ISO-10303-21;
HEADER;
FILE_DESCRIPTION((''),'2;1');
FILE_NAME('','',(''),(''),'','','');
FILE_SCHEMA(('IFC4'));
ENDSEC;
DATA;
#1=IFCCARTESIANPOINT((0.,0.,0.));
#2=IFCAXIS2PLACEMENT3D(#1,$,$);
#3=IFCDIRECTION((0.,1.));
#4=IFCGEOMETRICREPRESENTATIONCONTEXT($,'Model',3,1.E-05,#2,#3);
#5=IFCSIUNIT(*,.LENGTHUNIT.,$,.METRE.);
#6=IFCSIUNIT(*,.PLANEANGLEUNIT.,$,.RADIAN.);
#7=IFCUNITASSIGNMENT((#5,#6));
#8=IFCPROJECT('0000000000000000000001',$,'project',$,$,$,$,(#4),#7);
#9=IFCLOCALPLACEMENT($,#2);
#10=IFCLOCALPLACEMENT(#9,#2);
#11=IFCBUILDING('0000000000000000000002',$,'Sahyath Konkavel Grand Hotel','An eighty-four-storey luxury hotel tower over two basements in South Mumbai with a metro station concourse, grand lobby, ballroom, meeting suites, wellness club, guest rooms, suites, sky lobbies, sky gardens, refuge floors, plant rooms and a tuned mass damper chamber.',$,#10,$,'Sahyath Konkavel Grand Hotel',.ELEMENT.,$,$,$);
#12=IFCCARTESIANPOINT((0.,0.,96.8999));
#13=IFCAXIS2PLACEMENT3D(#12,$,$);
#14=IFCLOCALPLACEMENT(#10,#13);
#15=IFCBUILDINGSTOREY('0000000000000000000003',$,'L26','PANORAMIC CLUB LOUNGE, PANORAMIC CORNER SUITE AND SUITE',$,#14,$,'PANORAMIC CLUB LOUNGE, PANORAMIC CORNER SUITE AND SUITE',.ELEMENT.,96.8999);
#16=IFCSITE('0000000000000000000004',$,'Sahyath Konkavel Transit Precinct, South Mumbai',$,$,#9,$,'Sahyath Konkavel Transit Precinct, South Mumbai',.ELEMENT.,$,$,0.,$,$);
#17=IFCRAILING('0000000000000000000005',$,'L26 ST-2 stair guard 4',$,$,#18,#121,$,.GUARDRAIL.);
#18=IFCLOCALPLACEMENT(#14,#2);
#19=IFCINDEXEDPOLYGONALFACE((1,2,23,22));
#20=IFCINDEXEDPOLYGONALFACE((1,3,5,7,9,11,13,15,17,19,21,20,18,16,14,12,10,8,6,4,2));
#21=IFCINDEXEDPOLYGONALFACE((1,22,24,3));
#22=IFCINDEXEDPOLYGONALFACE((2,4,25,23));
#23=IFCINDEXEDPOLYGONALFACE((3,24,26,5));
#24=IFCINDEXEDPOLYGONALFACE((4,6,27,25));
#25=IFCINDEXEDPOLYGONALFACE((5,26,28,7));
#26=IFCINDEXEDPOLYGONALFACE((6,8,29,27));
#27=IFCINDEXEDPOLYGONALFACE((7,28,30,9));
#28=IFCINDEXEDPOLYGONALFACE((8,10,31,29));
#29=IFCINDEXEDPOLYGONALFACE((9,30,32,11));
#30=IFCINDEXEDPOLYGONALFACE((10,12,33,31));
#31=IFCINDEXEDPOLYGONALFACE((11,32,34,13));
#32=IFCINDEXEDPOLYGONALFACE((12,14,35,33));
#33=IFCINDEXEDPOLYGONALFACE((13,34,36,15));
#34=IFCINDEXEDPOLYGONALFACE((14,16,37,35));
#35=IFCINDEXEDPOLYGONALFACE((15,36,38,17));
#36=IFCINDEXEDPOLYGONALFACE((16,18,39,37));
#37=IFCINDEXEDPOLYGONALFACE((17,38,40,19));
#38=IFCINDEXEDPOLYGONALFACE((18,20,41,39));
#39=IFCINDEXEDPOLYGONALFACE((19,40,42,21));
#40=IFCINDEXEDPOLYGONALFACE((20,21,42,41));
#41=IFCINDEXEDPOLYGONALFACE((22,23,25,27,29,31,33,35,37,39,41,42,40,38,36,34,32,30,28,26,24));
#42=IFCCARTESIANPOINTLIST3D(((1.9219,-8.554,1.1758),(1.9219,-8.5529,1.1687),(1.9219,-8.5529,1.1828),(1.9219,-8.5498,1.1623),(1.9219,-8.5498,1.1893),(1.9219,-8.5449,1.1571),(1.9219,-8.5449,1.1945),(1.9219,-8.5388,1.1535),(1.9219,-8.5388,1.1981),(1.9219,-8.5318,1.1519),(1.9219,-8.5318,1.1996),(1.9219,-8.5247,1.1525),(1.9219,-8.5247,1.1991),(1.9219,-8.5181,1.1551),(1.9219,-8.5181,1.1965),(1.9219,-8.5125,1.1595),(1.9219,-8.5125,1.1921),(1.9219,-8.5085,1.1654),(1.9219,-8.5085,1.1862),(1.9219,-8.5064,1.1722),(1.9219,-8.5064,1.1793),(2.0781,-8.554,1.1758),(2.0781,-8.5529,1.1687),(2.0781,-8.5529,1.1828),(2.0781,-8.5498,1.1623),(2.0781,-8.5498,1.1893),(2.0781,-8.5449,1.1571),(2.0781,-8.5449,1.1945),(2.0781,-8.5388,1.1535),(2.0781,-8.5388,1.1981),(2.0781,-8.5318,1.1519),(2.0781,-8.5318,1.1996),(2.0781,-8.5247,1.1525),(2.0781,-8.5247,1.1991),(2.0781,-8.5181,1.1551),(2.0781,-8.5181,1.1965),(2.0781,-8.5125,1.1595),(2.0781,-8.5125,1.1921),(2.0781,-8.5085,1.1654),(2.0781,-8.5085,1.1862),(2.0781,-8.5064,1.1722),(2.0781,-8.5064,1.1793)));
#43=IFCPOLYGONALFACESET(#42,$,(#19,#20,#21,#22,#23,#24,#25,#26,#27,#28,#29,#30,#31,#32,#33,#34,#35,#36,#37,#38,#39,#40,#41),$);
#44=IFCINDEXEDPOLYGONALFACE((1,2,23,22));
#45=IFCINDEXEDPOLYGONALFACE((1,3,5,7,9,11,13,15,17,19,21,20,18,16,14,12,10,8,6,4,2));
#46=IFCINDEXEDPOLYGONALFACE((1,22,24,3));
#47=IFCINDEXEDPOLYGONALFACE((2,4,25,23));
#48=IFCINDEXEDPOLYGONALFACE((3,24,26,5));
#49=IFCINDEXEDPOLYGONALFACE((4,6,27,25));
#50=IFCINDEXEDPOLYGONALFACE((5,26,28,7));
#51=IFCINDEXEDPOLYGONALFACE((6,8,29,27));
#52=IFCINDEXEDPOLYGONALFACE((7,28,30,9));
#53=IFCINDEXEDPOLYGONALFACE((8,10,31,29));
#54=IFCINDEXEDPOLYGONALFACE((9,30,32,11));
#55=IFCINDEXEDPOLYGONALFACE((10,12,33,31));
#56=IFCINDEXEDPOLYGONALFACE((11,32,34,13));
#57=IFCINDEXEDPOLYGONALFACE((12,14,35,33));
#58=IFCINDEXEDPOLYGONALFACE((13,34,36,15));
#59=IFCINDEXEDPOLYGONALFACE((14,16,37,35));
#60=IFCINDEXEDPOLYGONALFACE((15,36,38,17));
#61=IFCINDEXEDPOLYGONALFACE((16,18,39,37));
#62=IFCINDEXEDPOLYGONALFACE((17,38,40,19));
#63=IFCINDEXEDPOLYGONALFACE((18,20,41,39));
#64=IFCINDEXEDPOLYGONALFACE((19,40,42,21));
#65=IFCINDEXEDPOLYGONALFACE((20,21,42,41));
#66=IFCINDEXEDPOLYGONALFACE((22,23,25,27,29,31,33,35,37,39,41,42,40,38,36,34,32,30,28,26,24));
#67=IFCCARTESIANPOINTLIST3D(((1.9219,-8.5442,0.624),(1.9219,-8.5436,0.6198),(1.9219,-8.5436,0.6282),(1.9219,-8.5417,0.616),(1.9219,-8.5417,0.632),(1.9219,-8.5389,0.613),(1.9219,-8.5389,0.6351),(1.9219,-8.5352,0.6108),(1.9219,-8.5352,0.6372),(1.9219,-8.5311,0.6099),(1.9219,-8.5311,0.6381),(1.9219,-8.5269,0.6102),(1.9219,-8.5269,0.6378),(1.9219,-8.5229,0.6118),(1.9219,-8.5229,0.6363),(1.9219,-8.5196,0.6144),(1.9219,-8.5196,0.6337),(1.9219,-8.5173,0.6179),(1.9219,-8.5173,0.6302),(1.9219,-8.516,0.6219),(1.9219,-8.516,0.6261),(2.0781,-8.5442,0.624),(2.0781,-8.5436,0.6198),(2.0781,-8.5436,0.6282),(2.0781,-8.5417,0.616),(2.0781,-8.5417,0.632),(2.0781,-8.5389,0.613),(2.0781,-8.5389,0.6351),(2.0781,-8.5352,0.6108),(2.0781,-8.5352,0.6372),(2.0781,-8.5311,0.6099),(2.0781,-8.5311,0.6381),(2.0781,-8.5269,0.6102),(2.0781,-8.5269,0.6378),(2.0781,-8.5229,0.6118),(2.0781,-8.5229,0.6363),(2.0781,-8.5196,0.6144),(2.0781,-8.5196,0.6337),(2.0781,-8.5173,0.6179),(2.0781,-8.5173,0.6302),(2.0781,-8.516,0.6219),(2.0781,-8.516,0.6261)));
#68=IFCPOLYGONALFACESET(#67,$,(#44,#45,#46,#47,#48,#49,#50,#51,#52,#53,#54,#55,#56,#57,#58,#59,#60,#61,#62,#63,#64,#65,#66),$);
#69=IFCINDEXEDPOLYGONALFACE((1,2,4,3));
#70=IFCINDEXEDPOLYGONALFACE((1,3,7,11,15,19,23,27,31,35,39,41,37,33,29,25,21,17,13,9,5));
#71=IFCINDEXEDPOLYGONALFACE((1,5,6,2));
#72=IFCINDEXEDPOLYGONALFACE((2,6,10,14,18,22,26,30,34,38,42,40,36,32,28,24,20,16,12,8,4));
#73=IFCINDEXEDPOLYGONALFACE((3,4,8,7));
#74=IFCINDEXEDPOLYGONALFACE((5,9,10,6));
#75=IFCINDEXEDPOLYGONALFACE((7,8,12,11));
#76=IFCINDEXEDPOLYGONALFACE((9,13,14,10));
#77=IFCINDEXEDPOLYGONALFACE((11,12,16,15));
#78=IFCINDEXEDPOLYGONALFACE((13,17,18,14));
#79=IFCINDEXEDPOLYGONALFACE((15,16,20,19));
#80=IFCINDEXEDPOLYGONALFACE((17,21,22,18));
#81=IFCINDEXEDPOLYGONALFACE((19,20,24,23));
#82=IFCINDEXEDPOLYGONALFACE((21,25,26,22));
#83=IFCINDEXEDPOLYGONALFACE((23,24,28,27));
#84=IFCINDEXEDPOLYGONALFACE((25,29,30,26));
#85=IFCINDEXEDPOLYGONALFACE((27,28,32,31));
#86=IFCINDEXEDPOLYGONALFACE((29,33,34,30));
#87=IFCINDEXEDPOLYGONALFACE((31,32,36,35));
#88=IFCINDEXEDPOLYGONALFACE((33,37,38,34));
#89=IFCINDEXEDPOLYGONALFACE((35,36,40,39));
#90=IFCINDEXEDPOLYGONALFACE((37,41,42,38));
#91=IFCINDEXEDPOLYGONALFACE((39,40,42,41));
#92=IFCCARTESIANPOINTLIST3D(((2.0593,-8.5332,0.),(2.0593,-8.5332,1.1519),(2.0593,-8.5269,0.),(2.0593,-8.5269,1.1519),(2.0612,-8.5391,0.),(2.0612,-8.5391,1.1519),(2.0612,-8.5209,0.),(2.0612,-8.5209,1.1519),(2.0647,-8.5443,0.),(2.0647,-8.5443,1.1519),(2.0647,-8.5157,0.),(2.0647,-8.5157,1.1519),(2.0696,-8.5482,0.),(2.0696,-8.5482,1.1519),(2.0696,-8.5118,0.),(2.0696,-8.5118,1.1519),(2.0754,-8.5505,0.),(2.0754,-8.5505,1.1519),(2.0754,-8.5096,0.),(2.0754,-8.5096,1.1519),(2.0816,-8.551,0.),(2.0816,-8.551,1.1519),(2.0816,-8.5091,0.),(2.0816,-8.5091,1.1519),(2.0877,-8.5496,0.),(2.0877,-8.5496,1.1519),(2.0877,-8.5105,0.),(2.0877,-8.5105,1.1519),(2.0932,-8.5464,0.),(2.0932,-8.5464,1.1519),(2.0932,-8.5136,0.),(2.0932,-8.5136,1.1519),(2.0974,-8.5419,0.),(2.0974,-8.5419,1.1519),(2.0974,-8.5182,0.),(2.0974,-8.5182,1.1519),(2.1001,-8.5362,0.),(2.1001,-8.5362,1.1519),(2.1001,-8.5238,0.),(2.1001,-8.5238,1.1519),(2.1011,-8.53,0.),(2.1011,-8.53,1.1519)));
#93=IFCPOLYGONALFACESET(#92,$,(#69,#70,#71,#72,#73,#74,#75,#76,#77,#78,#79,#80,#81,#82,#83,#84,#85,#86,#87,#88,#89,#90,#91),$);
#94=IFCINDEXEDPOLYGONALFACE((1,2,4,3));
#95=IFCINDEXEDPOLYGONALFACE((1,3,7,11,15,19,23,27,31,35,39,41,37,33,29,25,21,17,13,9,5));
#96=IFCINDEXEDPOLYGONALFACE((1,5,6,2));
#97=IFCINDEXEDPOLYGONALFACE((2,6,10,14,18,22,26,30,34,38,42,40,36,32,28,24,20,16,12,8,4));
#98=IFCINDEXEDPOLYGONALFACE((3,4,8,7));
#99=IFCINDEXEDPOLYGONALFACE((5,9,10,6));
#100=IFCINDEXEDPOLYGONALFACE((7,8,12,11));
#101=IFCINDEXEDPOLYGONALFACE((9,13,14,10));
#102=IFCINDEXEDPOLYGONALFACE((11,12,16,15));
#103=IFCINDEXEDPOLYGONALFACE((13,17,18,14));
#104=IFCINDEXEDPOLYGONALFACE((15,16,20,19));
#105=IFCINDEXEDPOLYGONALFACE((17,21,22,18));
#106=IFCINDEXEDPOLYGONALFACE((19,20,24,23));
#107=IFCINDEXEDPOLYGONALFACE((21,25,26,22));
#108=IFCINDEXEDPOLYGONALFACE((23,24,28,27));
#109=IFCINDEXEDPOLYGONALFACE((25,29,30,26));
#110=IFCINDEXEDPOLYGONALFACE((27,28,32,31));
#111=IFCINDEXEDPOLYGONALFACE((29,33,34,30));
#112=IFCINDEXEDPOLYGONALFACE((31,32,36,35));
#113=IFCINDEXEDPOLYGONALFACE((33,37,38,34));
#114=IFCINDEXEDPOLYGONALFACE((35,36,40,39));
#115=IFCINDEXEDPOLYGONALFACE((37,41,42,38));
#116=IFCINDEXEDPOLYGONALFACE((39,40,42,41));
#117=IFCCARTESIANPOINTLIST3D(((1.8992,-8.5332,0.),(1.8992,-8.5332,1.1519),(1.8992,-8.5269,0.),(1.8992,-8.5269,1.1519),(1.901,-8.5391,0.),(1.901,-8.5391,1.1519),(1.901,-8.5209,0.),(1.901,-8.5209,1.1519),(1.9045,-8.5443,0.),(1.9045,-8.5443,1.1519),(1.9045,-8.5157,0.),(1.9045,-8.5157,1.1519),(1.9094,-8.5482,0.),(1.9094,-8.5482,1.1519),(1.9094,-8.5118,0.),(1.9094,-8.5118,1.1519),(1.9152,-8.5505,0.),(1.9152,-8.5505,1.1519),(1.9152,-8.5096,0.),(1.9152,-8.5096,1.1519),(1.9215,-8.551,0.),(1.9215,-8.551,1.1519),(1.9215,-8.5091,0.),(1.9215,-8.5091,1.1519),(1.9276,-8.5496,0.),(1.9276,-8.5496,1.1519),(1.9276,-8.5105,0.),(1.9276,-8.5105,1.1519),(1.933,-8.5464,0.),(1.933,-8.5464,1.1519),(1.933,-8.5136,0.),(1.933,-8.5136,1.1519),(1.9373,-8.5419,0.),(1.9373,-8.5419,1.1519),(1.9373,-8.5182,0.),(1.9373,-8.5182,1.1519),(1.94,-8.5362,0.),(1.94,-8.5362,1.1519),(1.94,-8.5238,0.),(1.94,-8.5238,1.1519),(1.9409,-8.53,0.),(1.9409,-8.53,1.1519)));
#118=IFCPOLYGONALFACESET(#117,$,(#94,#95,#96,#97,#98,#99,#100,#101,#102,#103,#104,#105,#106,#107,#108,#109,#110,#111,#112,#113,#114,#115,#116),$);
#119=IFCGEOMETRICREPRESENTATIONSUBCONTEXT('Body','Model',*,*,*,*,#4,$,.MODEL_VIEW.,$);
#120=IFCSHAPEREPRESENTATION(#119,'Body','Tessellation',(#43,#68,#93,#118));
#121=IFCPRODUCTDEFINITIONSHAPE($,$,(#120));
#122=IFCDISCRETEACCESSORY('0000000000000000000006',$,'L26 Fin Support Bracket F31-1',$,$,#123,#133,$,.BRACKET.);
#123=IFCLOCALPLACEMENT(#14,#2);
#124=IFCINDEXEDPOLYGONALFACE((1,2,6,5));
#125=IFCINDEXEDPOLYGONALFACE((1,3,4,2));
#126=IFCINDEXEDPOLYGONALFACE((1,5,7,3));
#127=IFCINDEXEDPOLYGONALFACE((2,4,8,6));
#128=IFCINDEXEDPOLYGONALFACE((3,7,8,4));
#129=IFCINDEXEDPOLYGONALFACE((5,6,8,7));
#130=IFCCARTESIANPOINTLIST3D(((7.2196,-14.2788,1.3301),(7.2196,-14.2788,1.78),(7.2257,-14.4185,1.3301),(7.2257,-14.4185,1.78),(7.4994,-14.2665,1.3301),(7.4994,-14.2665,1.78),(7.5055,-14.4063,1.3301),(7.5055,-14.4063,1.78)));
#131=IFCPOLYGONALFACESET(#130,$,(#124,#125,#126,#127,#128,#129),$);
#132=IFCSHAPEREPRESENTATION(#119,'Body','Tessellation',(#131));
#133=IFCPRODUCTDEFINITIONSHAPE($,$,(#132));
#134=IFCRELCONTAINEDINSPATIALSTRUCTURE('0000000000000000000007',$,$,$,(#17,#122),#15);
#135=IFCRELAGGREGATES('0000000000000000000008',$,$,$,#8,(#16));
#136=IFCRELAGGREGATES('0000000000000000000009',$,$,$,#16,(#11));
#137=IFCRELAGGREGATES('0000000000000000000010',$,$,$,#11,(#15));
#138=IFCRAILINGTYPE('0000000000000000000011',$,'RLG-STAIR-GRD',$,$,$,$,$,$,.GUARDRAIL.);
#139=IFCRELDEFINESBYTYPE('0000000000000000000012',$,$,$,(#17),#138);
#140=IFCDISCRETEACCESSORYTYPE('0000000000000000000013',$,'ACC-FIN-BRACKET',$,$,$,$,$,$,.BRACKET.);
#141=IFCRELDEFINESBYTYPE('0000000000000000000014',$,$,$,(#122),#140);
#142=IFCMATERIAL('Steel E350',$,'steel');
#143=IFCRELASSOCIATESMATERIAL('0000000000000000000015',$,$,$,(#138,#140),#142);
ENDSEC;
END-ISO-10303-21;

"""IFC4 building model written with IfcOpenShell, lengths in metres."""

from ifc_helpers import new_model, si_unit, direction, frame, origin, origin_2d, place, context, subcontext, project, spatial, rectangle, circle, extrude, source, transform, mapped, material, type_object, element, save


model = new_model("IFC4")

# Units and contexts
model_context = context("Model", 3, precision=1e-05, world=origin(), true_north=direction((0.0, 1.0)))
body_context = subcontext(model_context, "Body", "Model", "MODEL_VIEW")
ifc_project = project(units=[si_unit("LENGTHUNIT", "METRE"), si_unit("PLANEANGLEUNIT", "RADIAN")], contexts=[model_context])

# Site, building, storey
site_placement = place(None, origin())
site = spatial("IfcSite", under=ifc_project, at=site_placement, Name="Sahyath Konkavel Transit Precinct, South Mumbai", LongName="Sahyath Konkavel Transit Precinct, South Mumbai", CompositionType="ELEMENT", RefElevation=0.0)
building_placement = place(site_placement, origin())
building = spatial("IfcBuilding", under=site, at=building_placement, Name="Sahyath Konkavel Grand Hotel", Description="An eighty-four-storey luxury hotel tower over two basements in South Mumbai with a metro station concourse, grand lobby, ballroom, meeting suites, wellness club, guest rooms, suites, sky lobbies, sky gardens, refuge floors, plant rooms and a tuned mass damper chamber.", LongName="Sahyath Konkavel Grand Hotel", CompositionType="ELEMENT")
storey_placement = place(building_placement, frame((0.0, 0.0, 96.8999)))
storey = spatial("IfcBuildingStorey", under=building, at=storey_placement, Name="L26", Description="PANORAMIC CLUB LOUNGE, PANORAMIC CORNER SUITE AND SUITE", LongName="PANORAMIC CLUB LOUNGE, PANORAMIC CORNER SUITE AND SUITE", CompositionType="ELEMENT", Elevation=96.8999)

# Shared definitions
ifc_material_1 = material(Name="Steel E350", Category="steel")

# Railing
railing_type_1 = type_object("IfcRailingType", Name="RLG-STAIR-GRD", PredefinedType="GUARDRAIL", material=ifc_material_1)
railing_1_placement = place(storey_placement, frame((2.0801, -8.53, 0.0)))
element("IfcRailing", 1, at=railing_1_placement, inside=storey, type_object=railing_type_1, Name="L26 ST-2 stair guard 4", PredefinedType="GUARDRAIL", context=body_context, shape_type="SweptSolid", body=[
    extrude(circle(Radius=0.0239, at=origin_2d()), frame((-0.002, 0.0, 1.1758), z_axis=(-1.0, 0.0, 0.0), x_axis=(0.0, -1.0, 0.0)), (0.0, 0.0, 1.0), 0.1562),
    extrude(circle(Radius=0.0142, at=origin_2d()), frame((-0.002, 0.0, 0.624), z_axis=(-1.0, 0.0, 0.0), x_axis=(0.0, -1.0, 0.0)), (0.0, 0.0, 1.0), 0.1562),
    extrude(circle(Radius=0.021, at=origin_2d()), origin(), (0.0, 0.0, 1.0), 1.1519),
    extrude(circle(Radius=0.021, at=origin_2d()), frame((-0.1602, 0.0, 0.0)), (0.0, 0.0, 1.0), 1.1519),
])

# Discrete accessory
discrete_accessory_type = type_object("IfcDiscreteAccessoryType", Name="ACC-FIN-BRACKET", PredefinedType="BRACKET", material=ifc_material_1)
shared_shape_1 = source(origin(), body_context, "Body", "SweptSolid", [
    extrude(rectangle(XDim=0.28, YDim=0.1399, at=origin_2d()), origin(), (0.0, 0.0, 1.0), 0.45),
])
discrete_accessory_placement = place(storey_placement, frame((7.3625, -14.3425, 1.3301), z_axis=(0.0, 0.0, 1.0), x_axis=(0.999048, 0.043619, 0.0)))
element("IfcDiscreteAccessory", 2, at=discrete_accessory_placement, inside=storey, type_object=discrete_accessory_type, Name="L26 Fin Support Bracket F31-1", PredefinedType="BRACKET", context=body_context, shape_type="MappedRepresentation", body=[
    mapped(shared_shape_1, transform((0.0, 0.0, 0.0), scale=1.0)),
])

save(model, "model.ifc")
